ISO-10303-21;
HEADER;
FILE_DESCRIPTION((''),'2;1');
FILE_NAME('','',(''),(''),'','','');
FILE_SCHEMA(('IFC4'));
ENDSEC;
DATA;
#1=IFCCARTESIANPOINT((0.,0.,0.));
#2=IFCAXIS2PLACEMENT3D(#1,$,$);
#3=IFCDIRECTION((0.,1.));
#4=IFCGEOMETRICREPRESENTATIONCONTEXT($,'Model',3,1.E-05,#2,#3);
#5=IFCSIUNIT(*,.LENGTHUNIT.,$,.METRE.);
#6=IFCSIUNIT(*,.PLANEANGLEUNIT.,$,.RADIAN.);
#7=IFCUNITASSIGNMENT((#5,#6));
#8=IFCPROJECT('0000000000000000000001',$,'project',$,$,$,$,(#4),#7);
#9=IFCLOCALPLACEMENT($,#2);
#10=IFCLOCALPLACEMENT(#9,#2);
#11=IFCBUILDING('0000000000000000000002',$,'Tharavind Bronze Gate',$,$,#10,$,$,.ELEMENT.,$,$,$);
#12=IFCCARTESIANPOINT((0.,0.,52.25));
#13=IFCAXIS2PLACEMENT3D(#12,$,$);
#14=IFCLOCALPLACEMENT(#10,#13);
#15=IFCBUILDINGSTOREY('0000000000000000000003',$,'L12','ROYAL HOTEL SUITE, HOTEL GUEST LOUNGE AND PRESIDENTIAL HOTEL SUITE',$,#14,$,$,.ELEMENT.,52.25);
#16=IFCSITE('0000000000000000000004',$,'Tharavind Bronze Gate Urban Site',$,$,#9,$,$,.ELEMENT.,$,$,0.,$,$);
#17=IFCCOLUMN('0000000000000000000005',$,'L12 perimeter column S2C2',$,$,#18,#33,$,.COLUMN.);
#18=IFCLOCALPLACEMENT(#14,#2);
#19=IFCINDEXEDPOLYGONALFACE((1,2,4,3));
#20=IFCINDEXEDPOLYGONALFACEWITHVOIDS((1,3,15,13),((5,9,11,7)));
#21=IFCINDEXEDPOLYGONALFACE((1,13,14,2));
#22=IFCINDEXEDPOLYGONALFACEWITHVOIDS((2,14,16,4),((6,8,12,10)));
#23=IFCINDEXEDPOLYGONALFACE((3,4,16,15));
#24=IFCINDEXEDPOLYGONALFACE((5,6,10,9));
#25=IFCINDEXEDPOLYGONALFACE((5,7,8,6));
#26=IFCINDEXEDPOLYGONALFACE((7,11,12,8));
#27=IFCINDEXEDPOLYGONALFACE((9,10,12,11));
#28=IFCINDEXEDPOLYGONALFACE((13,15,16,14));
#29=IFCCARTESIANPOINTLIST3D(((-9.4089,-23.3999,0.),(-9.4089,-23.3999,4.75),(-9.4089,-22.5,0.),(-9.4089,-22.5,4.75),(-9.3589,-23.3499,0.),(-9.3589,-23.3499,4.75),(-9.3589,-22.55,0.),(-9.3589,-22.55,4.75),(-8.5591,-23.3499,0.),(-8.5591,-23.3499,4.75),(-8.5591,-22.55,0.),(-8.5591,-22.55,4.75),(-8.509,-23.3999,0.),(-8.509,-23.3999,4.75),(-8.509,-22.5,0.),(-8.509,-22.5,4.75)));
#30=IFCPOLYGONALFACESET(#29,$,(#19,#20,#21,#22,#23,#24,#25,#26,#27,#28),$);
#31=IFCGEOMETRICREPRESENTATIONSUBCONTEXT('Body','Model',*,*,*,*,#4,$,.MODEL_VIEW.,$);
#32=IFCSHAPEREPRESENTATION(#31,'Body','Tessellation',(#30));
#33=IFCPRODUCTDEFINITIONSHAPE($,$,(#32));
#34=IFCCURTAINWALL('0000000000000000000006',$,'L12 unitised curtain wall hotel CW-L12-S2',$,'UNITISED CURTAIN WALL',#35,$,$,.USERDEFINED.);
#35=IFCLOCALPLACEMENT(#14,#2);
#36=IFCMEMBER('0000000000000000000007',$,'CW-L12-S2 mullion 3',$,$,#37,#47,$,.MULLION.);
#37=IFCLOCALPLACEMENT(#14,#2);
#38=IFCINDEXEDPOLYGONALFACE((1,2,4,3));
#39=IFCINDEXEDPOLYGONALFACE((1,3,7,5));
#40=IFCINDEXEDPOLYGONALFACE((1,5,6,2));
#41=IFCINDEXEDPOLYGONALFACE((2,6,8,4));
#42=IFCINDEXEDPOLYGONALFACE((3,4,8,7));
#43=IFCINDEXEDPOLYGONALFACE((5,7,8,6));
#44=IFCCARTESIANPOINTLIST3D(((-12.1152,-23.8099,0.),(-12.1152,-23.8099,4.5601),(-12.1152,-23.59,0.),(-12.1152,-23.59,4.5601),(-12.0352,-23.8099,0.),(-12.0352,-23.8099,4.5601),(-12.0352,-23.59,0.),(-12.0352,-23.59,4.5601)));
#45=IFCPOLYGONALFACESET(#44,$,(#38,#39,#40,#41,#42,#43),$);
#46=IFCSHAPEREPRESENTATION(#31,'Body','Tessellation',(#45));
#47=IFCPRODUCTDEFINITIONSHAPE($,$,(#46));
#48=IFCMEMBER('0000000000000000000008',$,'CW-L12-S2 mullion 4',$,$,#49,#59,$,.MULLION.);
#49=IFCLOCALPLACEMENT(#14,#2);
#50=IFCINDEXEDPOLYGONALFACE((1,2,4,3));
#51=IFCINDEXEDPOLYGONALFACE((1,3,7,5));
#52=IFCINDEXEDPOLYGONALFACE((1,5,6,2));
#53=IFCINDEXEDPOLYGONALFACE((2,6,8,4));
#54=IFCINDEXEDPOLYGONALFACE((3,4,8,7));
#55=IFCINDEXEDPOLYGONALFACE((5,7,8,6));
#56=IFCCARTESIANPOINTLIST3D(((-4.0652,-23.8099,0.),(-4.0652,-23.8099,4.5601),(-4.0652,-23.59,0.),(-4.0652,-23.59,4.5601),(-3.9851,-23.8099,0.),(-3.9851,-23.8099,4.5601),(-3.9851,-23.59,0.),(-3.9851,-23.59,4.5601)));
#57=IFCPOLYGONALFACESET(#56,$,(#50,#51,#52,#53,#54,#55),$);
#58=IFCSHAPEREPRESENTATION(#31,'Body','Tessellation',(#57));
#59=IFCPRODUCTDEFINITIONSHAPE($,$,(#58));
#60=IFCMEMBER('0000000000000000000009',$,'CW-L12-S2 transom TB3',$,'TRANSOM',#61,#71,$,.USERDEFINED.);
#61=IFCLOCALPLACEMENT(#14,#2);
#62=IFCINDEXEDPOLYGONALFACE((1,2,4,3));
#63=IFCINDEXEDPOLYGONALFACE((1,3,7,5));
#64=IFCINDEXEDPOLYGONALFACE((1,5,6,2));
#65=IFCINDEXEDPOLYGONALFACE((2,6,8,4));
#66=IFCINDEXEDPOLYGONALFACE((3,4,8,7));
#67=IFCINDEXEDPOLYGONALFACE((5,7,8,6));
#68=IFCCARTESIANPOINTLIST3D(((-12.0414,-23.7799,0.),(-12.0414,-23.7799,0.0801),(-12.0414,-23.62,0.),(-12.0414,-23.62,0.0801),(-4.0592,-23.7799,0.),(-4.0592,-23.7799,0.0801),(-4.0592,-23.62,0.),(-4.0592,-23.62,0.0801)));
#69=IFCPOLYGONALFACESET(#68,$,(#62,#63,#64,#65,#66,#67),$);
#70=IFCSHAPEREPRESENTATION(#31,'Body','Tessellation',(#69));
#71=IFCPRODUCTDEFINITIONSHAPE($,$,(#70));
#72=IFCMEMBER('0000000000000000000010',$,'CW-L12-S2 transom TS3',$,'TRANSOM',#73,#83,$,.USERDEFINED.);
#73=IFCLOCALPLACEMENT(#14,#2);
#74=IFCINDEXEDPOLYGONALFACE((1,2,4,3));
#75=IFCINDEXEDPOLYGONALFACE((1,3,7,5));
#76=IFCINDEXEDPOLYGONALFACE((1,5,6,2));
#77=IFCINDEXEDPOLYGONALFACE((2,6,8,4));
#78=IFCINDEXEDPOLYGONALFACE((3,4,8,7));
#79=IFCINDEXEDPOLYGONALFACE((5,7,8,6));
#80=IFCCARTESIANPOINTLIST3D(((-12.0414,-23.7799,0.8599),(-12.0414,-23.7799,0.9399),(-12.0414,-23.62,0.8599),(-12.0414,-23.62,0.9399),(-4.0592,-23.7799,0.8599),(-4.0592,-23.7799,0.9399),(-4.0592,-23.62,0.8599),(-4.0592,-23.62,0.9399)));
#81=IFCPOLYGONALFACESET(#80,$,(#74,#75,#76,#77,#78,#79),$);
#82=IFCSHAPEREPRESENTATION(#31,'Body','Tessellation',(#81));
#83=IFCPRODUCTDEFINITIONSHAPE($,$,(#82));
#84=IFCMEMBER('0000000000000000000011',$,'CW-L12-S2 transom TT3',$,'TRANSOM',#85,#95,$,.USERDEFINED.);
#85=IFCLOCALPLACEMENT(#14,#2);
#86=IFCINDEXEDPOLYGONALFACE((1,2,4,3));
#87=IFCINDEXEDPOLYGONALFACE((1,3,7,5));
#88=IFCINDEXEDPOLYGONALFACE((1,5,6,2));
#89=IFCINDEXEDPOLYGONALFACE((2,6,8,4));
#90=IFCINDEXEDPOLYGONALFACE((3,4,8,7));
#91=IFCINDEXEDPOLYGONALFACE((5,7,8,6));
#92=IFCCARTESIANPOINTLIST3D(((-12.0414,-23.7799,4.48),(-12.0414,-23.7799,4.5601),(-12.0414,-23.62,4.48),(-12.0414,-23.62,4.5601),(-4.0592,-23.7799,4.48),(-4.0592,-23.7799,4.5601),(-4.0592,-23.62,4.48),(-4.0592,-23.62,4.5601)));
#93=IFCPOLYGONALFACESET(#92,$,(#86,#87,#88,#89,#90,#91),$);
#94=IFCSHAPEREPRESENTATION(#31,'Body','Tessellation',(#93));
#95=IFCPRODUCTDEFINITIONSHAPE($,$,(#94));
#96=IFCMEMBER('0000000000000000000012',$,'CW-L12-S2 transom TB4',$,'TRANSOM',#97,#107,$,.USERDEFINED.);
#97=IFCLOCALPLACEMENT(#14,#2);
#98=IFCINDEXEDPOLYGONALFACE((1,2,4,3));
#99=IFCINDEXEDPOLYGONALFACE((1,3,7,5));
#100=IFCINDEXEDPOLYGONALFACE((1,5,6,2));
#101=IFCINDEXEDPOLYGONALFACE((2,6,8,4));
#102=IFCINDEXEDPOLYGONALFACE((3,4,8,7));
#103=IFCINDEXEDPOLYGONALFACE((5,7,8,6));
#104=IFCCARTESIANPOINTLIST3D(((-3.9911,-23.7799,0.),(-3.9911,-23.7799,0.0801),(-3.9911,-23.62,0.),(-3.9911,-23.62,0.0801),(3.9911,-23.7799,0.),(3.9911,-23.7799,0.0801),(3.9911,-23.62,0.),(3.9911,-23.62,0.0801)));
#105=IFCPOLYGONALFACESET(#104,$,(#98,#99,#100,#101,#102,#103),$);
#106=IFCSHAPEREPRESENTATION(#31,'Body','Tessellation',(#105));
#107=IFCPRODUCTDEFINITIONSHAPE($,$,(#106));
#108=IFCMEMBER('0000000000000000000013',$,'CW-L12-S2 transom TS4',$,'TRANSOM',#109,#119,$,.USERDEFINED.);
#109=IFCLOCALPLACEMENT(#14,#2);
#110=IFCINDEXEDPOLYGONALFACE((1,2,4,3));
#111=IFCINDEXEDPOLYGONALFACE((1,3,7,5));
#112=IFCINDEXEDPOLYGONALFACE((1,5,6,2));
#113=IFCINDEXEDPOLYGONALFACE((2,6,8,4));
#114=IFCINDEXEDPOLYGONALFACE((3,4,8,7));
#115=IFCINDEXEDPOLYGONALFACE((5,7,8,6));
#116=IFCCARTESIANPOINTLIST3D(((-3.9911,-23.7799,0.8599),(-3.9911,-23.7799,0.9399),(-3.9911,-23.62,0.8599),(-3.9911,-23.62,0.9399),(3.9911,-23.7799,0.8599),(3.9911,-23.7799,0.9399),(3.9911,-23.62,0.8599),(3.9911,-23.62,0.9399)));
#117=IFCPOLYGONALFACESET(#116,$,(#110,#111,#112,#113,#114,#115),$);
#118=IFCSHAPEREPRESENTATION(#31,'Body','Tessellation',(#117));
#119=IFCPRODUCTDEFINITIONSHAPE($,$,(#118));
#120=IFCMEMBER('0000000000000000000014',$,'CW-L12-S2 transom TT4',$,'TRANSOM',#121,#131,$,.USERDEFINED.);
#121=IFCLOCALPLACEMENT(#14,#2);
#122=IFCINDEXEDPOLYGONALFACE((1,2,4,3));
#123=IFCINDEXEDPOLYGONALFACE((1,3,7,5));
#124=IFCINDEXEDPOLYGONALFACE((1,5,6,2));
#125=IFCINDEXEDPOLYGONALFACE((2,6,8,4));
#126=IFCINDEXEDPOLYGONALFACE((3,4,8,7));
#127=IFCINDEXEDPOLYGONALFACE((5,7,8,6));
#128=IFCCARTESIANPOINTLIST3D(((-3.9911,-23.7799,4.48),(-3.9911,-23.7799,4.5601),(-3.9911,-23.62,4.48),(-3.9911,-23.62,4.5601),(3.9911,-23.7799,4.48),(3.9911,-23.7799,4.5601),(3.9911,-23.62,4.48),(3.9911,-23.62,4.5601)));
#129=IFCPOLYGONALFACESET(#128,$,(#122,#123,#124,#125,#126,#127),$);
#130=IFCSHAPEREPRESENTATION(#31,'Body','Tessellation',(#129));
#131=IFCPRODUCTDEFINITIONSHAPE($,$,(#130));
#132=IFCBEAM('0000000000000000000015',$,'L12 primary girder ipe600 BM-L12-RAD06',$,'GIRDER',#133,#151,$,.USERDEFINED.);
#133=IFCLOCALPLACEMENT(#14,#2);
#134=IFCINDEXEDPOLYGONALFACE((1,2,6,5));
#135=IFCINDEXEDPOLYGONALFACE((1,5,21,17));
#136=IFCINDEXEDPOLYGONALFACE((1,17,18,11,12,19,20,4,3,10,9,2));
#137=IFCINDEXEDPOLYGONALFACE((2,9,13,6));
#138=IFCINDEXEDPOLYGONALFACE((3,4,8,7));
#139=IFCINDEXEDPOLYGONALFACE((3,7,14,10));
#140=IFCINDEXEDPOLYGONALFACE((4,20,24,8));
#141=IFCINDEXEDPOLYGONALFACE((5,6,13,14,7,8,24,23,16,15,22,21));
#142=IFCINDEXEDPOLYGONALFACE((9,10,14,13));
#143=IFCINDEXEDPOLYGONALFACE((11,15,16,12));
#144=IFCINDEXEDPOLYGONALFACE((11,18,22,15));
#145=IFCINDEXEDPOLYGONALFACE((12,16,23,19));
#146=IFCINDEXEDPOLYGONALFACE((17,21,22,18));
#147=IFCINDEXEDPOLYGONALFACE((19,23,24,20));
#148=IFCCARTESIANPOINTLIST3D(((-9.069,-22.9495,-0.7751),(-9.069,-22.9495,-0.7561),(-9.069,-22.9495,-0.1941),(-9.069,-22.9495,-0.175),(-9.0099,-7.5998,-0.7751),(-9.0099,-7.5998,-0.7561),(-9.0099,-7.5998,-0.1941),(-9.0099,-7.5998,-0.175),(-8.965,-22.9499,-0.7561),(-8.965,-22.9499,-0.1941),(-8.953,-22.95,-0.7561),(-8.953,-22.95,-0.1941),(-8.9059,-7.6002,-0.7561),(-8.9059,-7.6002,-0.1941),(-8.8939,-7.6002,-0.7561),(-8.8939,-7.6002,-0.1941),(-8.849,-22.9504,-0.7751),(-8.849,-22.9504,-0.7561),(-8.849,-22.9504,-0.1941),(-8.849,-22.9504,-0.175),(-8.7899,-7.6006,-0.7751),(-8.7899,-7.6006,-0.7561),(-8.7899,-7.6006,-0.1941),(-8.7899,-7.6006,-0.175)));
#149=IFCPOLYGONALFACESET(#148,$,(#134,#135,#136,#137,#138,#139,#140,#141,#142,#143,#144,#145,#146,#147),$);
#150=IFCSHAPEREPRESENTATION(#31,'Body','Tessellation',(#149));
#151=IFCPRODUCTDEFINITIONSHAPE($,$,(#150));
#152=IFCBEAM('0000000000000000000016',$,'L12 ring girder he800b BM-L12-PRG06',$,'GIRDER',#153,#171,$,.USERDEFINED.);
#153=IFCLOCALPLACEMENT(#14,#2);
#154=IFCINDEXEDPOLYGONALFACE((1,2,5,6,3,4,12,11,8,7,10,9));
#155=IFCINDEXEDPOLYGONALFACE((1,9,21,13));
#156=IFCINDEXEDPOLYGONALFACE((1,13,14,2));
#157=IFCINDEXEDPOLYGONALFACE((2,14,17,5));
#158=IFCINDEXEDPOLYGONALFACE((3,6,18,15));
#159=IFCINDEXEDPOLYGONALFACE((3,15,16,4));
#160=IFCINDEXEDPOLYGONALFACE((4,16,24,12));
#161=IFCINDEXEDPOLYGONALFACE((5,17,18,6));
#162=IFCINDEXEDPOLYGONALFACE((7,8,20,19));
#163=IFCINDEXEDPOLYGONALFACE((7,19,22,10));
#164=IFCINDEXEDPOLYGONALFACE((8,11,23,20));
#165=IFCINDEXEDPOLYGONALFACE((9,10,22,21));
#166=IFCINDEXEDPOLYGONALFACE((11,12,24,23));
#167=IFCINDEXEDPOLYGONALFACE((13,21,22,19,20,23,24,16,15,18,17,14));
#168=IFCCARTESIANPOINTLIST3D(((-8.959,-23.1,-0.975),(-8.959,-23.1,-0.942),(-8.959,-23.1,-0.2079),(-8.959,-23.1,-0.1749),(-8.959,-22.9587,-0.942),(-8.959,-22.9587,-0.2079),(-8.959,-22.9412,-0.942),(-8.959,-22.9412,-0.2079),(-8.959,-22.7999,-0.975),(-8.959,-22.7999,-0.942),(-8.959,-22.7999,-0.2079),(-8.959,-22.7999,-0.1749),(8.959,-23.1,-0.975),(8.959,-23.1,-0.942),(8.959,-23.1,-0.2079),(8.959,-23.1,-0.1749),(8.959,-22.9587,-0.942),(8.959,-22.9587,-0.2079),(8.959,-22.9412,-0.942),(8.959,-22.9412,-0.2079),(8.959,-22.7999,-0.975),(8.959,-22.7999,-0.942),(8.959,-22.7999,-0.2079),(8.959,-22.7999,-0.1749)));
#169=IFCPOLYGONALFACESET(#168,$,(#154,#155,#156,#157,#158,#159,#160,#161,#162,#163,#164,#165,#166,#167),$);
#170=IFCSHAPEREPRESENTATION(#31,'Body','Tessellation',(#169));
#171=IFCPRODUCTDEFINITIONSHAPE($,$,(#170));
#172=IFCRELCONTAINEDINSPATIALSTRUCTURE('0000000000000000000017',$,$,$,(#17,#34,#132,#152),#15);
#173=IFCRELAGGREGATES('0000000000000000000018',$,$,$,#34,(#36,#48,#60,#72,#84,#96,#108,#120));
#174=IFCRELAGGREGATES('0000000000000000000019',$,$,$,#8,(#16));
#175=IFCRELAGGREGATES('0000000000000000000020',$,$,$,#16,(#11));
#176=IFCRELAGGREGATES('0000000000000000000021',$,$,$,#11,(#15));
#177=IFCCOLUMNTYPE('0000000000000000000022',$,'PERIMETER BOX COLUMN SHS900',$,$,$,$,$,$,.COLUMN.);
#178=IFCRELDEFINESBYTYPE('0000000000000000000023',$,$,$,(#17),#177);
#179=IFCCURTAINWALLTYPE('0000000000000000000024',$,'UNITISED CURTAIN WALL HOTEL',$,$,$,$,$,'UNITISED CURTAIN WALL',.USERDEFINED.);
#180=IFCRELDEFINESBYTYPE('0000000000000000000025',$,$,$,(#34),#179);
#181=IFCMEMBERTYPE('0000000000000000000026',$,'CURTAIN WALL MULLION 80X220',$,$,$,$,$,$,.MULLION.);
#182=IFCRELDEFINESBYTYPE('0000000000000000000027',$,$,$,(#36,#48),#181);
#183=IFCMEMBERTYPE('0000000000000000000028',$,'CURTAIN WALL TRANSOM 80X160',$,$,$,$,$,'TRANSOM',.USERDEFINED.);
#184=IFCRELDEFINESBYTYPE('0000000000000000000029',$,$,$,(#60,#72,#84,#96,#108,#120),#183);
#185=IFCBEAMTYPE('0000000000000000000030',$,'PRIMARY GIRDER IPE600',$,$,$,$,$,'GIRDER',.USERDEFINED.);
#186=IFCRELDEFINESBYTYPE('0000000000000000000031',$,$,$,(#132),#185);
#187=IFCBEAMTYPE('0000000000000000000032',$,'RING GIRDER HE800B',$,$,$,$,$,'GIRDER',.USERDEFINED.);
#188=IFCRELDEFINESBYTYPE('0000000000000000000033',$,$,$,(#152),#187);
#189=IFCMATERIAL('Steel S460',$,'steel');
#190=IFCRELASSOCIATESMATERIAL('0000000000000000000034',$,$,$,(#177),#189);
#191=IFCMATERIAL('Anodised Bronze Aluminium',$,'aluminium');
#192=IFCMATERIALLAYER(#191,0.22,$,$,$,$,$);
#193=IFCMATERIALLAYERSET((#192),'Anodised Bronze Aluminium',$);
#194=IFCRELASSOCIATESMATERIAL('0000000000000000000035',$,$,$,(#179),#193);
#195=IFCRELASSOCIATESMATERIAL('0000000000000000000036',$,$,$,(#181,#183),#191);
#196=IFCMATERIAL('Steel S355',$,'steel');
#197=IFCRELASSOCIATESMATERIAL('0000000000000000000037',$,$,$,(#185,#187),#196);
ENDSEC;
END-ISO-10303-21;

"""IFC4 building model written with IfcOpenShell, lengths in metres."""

from ifc_helpers import new_model, si_unit, direction, frame, origin, origin_2d, place, context, subcontext, project, spatial, rectangle, hollow_rectangle, i_section, extrude, material, layer, layer_set, material_profile, profile_set, type_object, element, aggregate, save


model = new_model("IFC4")

# Units and contexts
model_context = context("Model", 3, precision=1e-05, world=origin(), true_north=direction((0.0, 1.0)))
body_context = subcontext(model_context, "Body", "Model", "MODEL_VIEW")
ifc_project = project(units=[si_unit("LENGTHUNIT", "METRE"), si_unit("PLANEANGLEUNIT", "RADIAN")], contexts=[model_context])

# Site, building, storey
site_placement = place(None, origin())
site = spatial("IfcSite", under=ifc_project, at=site_placement, Name="Tharavind Bronze Gate Urban Site", CompositionType="ELEMENT", RefElevation=0.0)
building_placement = place(site_placement, origin())
building = spatial("IfcBuilding", under=site, at=building_placement, Name="Tharavind Bronze Gate", CompositionType="ELEMENT")
storey_placement = place(building_placement, frame((0.0, 0.0, 52.25)))
storey = spatial("IfcBuildingStorey", under=building, at=storey_placement, Name="L12", Description="ROYAL HOTEL SUITE, HOTEL GUEST LOUNGE AND PRESIDENTIAL HOTEL SUITE", CompositionType="ELEMENT", Elevation=52.25)

# Column
ifc_material_1 = material(Name="Steel S460", Category="steel")
ifc_material_profile_1 = material_profile(ifc_material_1, hollow_rectangle(XDim=0.8999, YDim=0.8999, WallThickness=0.05, at=origin_2d()), Name="SHS900X50")
ifc_profile_set_1 = profile_set([ifc_material_profile_1], Name="Steel S460")
column_type = type_object("IfcColumnType", Name="PERIMETER BOX COLUMN SHS900", PredefinedType="COLUMN", material=ifc_profile_set_1)
column_placement = place(storey_placement, frame((-8.959, -22.95, 0.0), z_axis=(0.0, 0.0, 1.0), x_axis=(1.0, 0.0, 0.0)))
element("IfcColumn", 1, at=column_placement, inside=storey, type_object=column_type, Name="L12 perimeter column S2C2", PredefinedType="COLUMN", context=body_context, shape_type="SweptSolid", body=[
    extrude(hollow_rectangle(XDim=0.8999, YDim=0.8999, WallThickness=0.05, at=origin_2d()), origin(), (0.0, 0.0, 1.0), 4.75),
])

# Curtain wall, members
ifc_material_2 = material(Name="Anodised Bronze Aluminium", Category="aluminium")
ifc_layer_1 = layer(ifc_material_2, 0.22)
ifc_layer_set_1 = layer_set([ifc_layer_1], Name="Anodised Bronze Aluminium")
curtain_wall_type = type_object("IfcCurtainWallType", Name="UNITISED CURTAIN WALL HOTEL", ElementType="UNITISED CURTAIN WALL", PredefinedType="USERDEFINED", material=ifc_layer_set_1)
curtain_wall_placement = place(storey_placement, origin())
curtain_wall = element("IfcCurtainWall", 2, at=curtain_wall_placement, inside=storey, type_object=curtain_wall_type, Name="L12 unitised curtain wall hotel CW-L12-S2", ObjectType="UNITISED CURTAIN WALL", PredefinedType="USERDEFINED")
member_type_1 = type_object("IfcMemberType", Name="CURTAIN WALL MULLION 80X220", PredefinedType="MULLION", material=ifc_material_2)
member_1_placement = place(storey_placement, frame((-12.0752, -23.7, 0.0), z_axis=(0.0, 0.0, 1.0), x_axis=(1.0, 0.0, 0.0)))
member_1 = element("IfcMember", 3, at=member_1_placement, type_object=member_type_1, Name="CW-L12-S2 mullion 3", PredefinedType="MULLION", context=body_context, shape_type="SweptSolid", body=[
    extrude(rectangle(XDim=0.0801, YDim=0.22, at=origin_2d()), origin(), (0.0, 0.0, 1.0), 4.5601),
])
member_2_placement = place(storey_placement, frame((-4.0251, -23.7, 0.0), z_axis=(0.0, 0.0, 1.0), x_axis=(1.0, 0.0, 0.0)))
member_2 = element("IfcMember", 4, at=member_2_placement, type_object=member_type_1, Name="CW-L12-S2 mullion 4", PredefinedType="MULLION", context=body_context, shape_type="SweptSolid", body=[
    extrude(rectangle(XDim=0.0801, YDim=0.22, at=origin_2d()), origin(), (0.0, 0.0, 1.0), 4.5601),
])
member_type_2 = type_object("IfcMemberType", Name="CURTAIN WALL TRANSOM 80X160", ElementType="TRANSOM", PredefinedType="USERDEFINED", material=ifc_material_2)
member_3_placement = place(storey_placement, frame((-8.0503, -23.7, 0.0), z_axis=(0.0, 0.0, 1.0), x_axis=(1.0, 0.0, 0.0)))
member_3 = element("IfcMember", 5, at=member_3_placement, type_object=member_type_2, Name="CW-L12-S2 transom TB3", ObjectType="TRANSOM", PredefinedType="USERDEFINED", context=body_context, shape_type="SweptSolid", body=[
    extrude(rectangle(XDim=7.9822, YDim=0.1599, at=origin_2d()), origin(), (0.0, 0.0, 1.0), 0.0801),
])
member_4_placement = place(storey_placement, frame((-8.0503, -23.7, 0.8599), z_axis=(0.0, 0.0, 1.0), x_axis=(1.0, 0.0, 0.0)))
member_4 = element("IfcMember", 6, at=member_4_placement, type_object=member_type_2, Name="CW-L12-S2 transom TS3", ObjectType="TRANSOM", PredefinedType="USERDEFINED", context=body_context, shape_type="SweptSolid", body=[
    extrude(rectangle(XDim=7.9822, YDim=0.1599, at=origin_2d()), origin(), (0.0, 0.0, 1.0), 0.0801),
])
member_5_placement = place(storey_placement, frame((-8.0503, -23.7, 4.48), z_axis=(0.0, 0.0, 1.0), x_axis=(1.0, 0.0, 0.0)))
member_5 = element("IfcMember", 7, at=member_5_placement, type_object=member_type_2, Name="CW-L12-S2 transom TT3", ObjectType="TRANSOM", PredefinedType="USERDEFINED", context=body_context, shape_type="SweptSolid", body=[
    extrude(rectangle(XDim=7.9822, YDim=0.1599, at=origin_2d()), origin(), (0.0, 0.0, 1.0), 0.0801),
])
member_6_placement = place(storey_placement, frame((0.0, -23.7, 0.0), z_axis=(0.0, 0.0, 1.0), x_axis=(1.0, 0.0, 0.0)))
member_6 = element("IfcMember", 8, at=member_6_placement, type_object=member_type_2, Name="CW-L12-S2 transom TB4", ObjectType="TRANSOM", PredefinedType="USERDEFINED", context=body_context, shape_type="SweptSolid", body=[
    extrude(rectangle(XDim=7.9822, YDim=0.1599, at=origin_2d()), origin(), (0.0, 0.0, 1.0), 0.0801),
])
member_7_placement = place(storey_placement, frame((0.0, -23.7, 0.8599), z_axis=(0.0, 0.0, 1.0), x_axis=(1.0, 0.0, 0.0)))
member_7 = element("IfcMember", 9, at=member_7_placement, type_object=member_type_2, Name="CW-L12-S2 transom TS4", ObjectType="TRANSOM", PredefinedType="USERDEFINED", context=body_context, shape_type="SweptSolid", body=[
    extrude(rectangle(XDim=7.9822, YDim=0.1599, at=origin_2d()), origin(), (0.0, 0.0, 1.0), 0.0801),
])
member_8_placement = place(storey_placement, frame((0.0, -23.7, 4.48), z_axis=(0.0, 0.0, 1.0), x_axis=(1.0, 0.0, 0.0)))
member_8 = element("IfcMember", 10, at=member_8_placement, type_object=member_type_2, Name="CW-L12-S2 transom TT4", ObjectType="TRANSOM", PredefinedType="USERDEFINED", context=body_context, shape_type="SweptSolid", body=[
    extrude(rectangle(XDim=7.9822, YDim=0.1599, at=origin_2d()), origin(), (0.0, 0.0, 1.0), 0.0801),
])

# Beams
ifc_material_3 = material(Name="Steel S355", Category="steel")
ifc_material_profile_2 = material_profile(ifc_material_3, i_section(OverallWidth=0.22, OverallDepth=0.6001, WebThickness=0.012, FlangeThickness=0.019, at=origin_2d()), Name="IPE600")
ifc_profile_set_2 = profile_set([ifc_material_profile_2], Name="Steel S355")
beam_type_1 = type_object("IfcBeamType", Name="PRIMARY GIRDER IPE600", ElementType="GIRDER", PredefinedType="USERDEFINED", material=ifc_profile_set_2)
beam_1_placement = place(storey_placement, frame((-8.959, -22.95, -0.4751), z_axis=(0.003849, 0.999993, 0.0), x_axis=(-0.999993, 0.003849, 0.0)))
element("IfcBeam", 11, at=beam_1_placement, inside=storey, type_object=beam_type_1, Name="L12 primary girder ipe600 BM-L12-RAD06", ObjectType="GIRDER", PredefinedType="USERDEFINED", context=body_context, shape_type="SweptSolid", body=[
    extrude(i_section(OverallWidth=0.22, OverallDepth=0.6001, WebThickness=0.012, FlangeThickness=0.019, at=origin_2d()), origin(), (0.0, 0.0, 1.0), 15.3499),
])
ifc_material_profile_3 = material_profile(ifc_material_3, i_section(OverallWidth=0.3, OverallDepth=0.8, WebThickness=0.0176, FlangeThickness=0.033, at=origin_2d()), Name="HE800B")
ifc_profile_set_3 = profile_set([ifc_material_profile_3], Name="Steel S355")
beam_type_2 = type_object("IfcBeamType", Name="RING GIRDER HE800B", ElementType="GIRDER", PredefinedType="USERDEFINED", material=ifc_profile_set_3)
beam_2_placement = place(storey_placement, frame((-8.959, -22.95, -0.575), z_axis=(1.0, 0.0, 0.0), x_axis=(0.0, 1.0, 0.0)))
element("IfcBeam", 12, at=beam_2_placement, inside=storey, type_object=beam_type_2, Name="L12 ring girder he800b BM-L12-PRG06", ObjectType="GIRDER", PredefinedType="USERDEFINED", context=body_context, shape_type="SweptSolid", body=[
    extrude(i_section(OverallWidth=0.3, OverallDepth=0.8, WebThickness=0.0176, FlangeThickness=0.033, at=origin_2d()), origin(), (0.0, 0.0, 1.0), 17.918),
])

aggregate(curtain_wall, [member_1, member_2, member_3, member_4, member_5, member_6, member_7, member_8])

save(model, "model.ifc")
